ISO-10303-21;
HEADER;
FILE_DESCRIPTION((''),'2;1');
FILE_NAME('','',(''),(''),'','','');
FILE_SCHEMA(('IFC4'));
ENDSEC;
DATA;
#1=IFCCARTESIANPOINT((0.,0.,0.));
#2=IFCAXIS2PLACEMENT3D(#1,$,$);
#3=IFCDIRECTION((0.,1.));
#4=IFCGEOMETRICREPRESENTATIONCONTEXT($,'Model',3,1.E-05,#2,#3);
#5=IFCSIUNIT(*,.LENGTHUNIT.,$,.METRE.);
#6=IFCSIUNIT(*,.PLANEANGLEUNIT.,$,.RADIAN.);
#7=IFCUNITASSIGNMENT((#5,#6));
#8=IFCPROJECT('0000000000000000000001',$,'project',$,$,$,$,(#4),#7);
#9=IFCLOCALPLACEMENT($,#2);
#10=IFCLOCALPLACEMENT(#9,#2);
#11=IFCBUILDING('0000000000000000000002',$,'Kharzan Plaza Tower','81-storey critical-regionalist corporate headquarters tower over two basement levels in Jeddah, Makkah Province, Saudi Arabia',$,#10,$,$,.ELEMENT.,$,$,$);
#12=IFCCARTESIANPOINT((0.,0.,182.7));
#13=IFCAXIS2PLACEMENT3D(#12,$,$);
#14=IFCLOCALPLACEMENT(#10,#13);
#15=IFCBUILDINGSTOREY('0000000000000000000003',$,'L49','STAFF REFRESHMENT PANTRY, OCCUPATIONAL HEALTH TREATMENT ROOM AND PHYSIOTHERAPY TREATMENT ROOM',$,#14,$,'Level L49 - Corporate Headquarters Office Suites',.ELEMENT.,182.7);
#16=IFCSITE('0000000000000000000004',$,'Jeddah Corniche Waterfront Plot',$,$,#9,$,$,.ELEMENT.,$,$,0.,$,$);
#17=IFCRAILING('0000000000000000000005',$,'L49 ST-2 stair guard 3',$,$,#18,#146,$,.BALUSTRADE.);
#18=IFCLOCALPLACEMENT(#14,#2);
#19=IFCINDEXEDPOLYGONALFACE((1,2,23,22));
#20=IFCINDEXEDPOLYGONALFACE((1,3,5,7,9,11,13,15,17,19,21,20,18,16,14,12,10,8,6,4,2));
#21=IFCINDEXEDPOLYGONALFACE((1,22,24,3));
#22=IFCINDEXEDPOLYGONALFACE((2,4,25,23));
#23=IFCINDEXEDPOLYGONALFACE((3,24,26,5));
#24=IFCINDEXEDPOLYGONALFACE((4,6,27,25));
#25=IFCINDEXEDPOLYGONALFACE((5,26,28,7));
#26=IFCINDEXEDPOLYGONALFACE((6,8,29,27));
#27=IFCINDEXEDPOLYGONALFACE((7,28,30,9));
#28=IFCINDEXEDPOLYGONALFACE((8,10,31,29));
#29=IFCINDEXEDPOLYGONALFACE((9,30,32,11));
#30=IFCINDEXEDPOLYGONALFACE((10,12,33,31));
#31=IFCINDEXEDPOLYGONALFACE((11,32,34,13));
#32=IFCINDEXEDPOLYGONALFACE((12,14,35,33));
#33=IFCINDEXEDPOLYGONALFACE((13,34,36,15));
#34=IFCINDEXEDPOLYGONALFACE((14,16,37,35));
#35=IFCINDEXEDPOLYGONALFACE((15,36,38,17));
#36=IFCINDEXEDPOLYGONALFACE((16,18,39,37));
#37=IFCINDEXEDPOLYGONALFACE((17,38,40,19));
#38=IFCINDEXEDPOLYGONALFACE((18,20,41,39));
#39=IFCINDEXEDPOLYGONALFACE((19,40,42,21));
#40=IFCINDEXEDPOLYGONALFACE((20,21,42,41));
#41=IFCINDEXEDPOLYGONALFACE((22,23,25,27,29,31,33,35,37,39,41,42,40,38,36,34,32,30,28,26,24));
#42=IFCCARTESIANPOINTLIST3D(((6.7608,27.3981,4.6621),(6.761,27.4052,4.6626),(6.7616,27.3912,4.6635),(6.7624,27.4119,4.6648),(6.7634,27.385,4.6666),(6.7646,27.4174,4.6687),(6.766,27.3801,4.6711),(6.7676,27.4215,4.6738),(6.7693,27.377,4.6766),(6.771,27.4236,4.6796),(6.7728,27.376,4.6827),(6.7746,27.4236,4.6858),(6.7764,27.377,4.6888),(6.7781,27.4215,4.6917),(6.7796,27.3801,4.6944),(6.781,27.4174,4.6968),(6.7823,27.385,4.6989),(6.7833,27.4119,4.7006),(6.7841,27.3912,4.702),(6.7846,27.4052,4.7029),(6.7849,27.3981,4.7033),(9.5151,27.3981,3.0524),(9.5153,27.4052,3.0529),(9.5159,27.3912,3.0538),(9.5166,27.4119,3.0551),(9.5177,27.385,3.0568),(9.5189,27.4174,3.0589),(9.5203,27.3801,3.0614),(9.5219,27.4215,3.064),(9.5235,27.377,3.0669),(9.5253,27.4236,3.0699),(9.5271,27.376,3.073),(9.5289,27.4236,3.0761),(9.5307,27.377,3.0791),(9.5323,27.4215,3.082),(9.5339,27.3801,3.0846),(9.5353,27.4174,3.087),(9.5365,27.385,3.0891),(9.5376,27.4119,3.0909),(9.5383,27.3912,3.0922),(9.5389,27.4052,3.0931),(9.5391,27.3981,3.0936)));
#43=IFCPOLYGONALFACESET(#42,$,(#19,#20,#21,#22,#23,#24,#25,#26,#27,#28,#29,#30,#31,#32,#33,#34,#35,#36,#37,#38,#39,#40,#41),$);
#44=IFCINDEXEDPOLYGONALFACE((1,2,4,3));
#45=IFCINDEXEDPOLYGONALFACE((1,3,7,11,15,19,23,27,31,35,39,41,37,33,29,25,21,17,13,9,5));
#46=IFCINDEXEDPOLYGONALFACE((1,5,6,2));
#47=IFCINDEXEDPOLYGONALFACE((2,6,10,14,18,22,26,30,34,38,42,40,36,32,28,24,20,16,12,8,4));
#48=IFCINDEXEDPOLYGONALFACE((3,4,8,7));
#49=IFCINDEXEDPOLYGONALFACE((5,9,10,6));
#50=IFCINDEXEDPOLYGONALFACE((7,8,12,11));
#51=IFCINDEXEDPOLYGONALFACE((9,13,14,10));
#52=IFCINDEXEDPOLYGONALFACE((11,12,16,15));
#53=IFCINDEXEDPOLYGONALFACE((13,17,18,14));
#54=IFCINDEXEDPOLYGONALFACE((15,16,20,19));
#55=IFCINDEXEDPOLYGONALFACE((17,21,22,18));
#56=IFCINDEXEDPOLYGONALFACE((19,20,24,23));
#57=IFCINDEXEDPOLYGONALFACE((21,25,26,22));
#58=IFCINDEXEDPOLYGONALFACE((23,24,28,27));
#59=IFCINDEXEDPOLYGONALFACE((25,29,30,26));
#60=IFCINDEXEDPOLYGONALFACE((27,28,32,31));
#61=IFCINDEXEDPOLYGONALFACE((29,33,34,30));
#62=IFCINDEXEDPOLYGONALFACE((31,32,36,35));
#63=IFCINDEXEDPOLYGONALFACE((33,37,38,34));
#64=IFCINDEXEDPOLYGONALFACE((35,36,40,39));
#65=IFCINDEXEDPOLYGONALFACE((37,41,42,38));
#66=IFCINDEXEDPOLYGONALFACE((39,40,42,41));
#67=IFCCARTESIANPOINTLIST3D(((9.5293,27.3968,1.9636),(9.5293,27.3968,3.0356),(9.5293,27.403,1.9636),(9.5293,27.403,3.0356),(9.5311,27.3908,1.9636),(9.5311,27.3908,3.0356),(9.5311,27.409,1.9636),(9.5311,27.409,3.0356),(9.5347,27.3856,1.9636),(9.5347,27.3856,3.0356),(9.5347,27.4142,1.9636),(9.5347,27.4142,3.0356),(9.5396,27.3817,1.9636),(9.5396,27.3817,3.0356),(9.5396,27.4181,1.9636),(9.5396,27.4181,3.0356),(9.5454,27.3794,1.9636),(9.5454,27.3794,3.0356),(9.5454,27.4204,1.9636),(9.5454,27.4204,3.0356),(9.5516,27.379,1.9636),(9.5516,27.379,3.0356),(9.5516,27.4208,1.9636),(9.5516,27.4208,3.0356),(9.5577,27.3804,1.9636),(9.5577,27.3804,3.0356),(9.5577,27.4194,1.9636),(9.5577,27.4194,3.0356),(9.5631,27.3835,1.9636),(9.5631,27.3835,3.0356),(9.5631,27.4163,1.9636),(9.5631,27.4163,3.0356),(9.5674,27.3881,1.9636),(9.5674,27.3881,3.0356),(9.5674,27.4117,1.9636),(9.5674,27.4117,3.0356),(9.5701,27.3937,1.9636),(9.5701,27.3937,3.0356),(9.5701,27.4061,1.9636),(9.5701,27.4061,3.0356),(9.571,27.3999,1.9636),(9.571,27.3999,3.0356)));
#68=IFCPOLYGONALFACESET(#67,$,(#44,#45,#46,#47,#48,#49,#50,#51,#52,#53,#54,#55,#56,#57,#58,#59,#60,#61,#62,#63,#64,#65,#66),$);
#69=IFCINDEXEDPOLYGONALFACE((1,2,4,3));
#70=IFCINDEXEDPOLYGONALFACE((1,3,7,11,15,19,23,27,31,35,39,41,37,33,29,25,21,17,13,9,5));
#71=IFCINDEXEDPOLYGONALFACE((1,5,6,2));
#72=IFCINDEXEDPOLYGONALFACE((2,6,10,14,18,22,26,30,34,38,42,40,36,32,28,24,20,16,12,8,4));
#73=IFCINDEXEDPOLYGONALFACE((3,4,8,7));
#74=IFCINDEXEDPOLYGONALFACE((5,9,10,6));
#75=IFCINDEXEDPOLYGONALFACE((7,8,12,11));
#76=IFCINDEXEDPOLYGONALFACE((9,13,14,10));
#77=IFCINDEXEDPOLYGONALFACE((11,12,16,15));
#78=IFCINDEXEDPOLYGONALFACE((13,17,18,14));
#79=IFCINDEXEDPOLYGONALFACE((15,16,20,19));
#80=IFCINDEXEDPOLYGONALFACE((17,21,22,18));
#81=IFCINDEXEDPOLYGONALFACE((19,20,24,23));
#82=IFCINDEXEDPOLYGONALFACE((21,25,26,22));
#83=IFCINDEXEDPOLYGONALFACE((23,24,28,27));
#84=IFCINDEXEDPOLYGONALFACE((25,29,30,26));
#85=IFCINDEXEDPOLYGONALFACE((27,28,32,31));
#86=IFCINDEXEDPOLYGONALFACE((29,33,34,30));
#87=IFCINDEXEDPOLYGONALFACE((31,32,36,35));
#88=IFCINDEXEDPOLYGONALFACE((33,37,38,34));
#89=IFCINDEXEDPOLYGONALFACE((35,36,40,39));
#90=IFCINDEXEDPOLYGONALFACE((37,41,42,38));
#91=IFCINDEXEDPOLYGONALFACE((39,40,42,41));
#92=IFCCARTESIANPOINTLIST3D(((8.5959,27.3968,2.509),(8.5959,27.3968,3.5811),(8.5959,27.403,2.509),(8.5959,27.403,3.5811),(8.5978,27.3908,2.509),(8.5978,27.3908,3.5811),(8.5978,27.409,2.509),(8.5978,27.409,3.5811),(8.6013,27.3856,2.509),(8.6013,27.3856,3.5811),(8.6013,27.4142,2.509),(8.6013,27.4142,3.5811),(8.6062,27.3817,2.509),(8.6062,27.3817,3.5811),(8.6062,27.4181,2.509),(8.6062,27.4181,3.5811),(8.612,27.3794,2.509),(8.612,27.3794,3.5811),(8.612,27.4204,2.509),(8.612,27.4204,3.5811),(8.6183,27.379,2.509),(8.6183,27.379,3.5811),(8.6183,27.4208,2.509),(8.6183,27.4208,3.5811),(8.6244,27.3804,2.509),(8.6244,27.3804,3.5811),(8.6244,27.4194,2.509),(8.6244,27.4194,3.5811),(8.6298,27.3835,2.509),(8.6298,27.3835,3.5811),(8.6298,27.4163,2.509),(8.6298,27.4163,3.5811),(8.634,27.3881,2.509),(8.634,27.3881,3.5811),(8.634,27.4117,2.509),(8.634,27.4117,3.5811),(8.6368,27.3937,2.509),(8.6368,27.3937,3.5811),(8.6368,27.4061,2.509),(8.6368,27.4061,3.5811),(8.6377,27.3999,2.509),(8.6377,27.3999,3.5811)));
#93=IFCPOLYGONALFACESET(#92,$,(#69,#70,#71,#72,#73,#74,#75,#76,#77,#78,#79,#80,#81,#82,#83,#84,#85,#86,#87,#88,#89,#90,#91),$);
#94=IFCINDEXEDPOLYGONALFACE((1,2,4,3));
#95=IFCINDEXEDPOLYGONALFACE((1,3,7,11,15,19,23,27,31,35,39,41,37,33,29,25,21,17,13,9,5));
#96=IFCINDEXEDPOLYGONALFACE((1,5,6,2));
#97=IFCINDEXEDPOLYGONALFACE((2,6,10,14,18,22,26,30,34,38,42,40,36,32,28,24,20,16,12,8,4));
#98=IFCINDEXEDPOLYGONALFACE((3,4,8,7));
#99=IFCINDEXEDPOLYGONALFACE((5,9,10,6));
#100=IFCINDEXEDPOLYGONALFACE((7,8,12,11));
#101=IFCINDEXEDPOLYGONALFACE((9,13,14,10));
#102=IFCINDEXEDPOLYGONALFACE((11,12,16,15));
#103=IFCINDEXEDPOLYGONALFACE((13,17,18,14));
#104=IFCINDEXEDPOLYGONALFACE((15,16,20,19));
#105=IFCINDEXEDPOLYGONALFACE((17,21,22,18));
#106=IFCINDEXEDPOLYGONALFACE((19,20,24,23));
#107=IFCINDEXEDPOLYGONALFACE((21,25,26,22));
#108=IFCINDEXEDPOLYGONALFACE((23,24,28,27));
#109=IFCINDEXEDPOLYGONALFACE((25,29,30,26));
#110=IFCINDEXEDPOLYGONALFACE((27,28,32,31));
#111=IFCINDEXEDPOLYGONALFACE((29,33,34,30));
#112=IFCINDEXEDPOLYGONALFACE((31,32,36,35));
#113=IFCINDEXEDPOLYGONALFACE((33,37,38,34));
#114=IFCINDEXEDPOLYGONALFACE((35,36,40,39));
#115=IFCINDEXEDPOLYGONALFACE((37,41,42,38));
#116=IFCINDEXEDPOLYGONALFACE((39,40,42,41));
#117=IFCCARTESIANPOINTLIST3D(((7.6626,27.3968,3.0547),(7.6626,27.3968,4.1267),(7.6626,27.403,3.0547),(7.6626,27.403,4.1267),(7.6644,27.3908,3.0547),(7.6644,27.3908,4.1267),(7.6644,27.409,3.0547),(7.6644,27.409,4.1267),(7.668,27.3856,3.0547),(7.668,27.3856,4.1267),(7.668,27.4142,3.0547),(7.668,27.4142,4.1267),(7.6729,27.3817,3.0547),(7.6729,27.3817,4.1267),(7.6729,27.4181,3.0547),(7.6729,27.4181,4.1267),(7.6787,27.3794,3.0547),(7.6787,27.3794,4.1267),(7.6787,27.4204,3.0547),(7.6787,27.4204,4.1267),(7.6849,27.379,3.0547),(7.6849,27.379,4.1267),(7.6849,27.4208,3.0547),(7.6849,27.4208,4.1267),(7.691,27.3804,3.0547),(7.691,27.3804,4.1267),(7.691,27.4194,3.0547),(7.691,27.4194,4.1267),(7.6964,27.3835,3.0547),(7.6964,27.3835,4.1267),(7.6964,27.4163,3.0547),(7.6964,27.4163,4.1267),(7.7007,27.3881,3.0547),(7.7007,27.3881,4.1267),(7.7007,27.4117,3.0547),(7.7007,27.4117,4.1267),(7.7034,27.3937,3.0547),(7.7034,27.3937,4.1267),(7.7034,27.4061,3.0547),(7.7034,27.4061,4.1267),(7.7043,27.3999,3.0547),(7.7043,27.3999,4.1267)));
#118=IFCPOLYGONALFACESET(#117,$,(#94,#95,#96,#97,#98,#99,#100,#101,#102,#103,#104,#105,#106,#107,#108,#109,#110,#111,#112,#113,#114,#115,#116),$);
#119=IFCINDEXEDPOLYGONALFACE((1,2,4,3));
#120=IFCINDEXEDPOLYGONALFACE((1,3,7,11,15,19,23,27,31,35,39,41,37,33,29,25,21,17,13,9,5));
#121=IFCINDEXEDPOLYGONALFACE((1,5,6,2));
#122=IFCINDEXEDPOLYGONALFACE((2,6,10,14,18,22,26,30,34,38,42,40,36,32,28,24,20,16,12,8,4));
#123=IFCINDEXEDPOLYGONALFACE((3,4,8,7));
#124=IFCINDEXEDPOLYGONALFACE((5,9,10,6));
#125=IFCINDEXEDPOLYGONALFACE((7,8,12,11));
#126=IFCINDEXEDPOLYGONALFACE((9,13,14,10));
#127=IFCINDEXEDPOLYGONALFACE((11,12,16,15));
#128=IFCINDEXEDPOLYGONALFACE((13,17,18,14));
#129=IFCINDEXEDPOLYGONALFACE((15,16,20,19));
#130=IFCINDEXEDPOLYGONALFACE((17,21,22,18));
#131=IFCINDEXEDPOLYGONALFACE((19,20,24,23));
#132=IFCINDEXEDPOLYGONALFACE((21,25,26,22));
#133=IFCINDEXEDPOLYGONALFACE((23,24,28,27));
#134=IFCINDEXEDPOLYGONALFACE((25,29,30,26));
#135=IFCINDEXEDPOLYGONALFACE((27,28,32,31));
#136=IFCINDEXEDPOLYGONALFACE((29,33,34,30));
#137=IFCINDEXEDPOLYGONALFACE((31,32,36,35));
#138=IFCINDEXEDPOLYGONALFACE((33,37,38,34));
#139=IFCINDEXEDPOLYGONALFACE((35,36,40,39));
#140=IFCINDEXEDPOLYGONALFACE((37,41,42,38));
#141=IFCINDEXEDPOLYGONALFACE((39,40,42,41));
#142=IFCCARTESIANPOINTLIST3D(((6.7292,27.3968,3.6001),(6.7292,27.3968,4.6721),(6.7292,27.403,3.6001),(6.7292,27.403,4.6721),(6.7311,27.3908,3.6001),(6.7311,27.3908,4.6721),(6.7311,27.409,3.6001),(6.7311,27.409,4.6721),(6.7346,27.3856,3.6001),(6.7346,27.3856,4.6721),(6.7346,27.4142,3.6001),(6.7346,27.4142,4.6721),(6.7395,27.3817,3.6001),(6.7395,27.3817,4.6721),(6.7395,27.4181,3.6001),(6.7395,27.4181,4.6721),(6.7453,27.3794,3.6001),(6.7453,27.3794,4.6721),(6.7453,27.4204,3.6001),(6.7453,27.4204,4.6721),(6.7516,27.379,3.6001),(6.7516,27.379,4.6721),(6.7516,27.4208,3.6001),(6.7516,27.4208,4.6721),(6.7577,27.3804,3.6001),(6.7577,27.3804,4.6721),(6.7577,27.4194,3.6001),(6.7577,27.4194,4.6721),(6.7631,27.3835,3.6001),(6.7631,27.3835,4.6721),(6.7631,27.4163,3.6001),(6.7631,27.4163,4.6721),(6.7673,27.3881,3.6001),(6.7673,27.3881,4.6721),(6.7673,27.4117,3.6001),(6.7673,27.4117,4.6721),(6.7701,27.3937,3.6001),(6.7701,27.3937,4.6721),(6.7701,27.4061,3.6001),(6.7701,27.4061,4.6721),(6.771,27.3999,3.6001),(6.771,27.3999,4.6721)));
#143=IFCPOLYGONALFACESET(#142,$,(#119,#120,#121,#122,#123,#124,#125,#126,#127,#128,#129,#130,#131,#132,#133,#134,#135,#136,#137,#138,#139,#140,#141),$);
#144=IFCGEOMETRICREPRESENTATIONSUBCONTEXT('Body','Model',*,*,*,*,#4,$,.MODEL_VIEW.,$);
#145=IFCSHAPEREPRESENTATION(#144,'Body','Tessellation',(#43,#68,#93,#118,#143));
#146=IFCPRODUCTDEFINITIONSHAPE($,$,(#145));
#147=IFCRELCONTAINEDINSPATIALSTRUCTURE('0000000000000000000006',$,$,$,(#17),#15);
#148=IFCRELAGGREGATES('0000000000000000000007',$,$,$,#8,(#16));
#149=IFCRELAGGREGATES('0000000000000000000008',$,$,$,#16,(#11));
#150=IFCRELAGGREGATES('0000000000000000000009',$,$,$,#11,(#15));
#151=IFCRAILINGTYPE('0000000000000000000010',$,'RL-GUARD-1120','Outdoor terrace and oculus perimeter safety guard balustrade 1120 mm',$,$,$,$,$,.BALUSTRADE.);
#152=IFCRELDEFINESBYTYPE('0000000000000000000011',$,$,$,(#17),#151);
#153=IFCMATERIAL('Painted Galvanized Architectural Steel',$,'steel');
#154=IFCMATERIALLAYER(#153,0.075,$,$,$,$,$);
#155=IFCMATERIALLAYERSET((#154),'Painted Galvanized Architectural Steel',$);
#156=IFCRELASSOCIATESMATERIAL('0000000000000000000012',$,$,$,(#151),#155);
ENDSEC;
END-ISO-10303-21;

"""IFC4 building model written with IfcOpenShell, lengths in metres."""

from ifc_helpers import new_model, si_unit, direction, frame, origin, origin_2d, place, context, subcontext, project, spatial, circle, extrude, source, transform, mapped, material, layer, layer_set, type_object, element, save


model = new_model("IFC4")

# Units and contexts
model_context = context("Model", 3, precision=1e-05, world=origin(), true_north=direction((0.0, 1.0)))
body_context = subcontext(model_context, "Body", "Model", "MODEL_VIEW")
ifc_project = project(units=[si_unit("LENGTHUNIT", "METRE"), si_unit("PLANEANGLEUNIT", "RADIAN")], contexts=[model_context])

# Site, building, storey
site_placement = place(None, origin())
site = spatial("IfcSite", under=ifc_project, at=site_placement, Name="Jeddah Corniche Waterfront Plot", CompositionType="ELEMENT", RefElevation=0.0)
building_placement = place(site_placement, origin())
building = spatial("IfcBuilding", under=site, at=building_placement, Name="Kharzan Plaza Tower", Description="81-storey critical-regionalist corporate headquarters tower over two basement levels in Jeddah, Makkah Province, Saudi Arabia", CompositionType="ELEMENT")
storey_placement = place(building_placement, frame((0.0, 0.0, 182.7)))
storey = spatial("IfcBuildingStorey", under=building, at=storey_placement, Name="L49", Description="STAFF REFRESHMENT PANTRY, OCCUPATIONAL HEALTH TREATMENT ROOM AND PHYSIOTHERAPY TREATMENT ROOM", LongName="Level L49 - Corporate Headquarters Office Suites", CompositionType="ELEMENT", Elevation=182.7)

# Railing
ifc_material_1 = material(Name="Painted Galvanized Architectural Steel", Category="steel")
ifc_layer_1 = layer(ifc_material_1, 0.075)
ifc_layer_set_1 = layer_set([ifc_layer_1], Name="Painted Galvanized Architectural Steel")
railing_type_1 = type_object("IfcRailingType", Name="RL-GUARD-1120", Description="Outdoor terrace and oculus perimeter safety guard balustrade 1120 mm", PredefinedType="BALUSTRADE", material=ifc_layer_set_1)
shared_shape_1 = source(origin(), body_context, "Body", "SweptSolid", [
    extrude(circle(Radius=0.0239, at=origin_2d()), frame((-0.0229, 0.0, 1.1094), z_axis=(-0.863361, 0.0, 0.504587), x_axis=(0.0, -1.0, 0.0)), (0.0, 0.0, 1.0), 3.1902),
    extrude(circle(Radius=0.021, at=origin_2d()), origin(), (0.0, 0.0, 1.0), 1.072),
    extrude(circle(Radius=0.021, at=origin_2d()), frame((-0.9333, 0.0, 0.5454)), (0.0, 0.0, 1.0), 1.072),
    extrude(circle(Radius=0.021, at=origin_2d()), frame((-1.8667, 0.0, 1.0911)), (0.0, 0.0, 1.0), 1.072),
    extrude(circle(Radius=0.021, at=origin_2d()), frame((-2.8, 0.0, 1.6365)), (0.0, 0.0, 1.0), 1.072),
])
railing_1_placement = place(storey_placement, frame((9.55, 27.3999, 1.9636)))
element("IfcRailing", 1, at=railing_1_placement, inside=storey, type_object=railing_type_1, Name="L49 ST-2 stair guard 3", PredefinedType="BALUSTRADE", context=body_context, shape_type="MappedRepresentation", body=[
    mapped(shared_shape_1, transform((0.0, 0.0, 0.0), x_axis=(1.0, 0.0, 0.0), y_axis=(0.0, 1.0, 0.0), z_axis=(0.0, 0.0, 1.0))),
])

save(model, "model.ifc")
